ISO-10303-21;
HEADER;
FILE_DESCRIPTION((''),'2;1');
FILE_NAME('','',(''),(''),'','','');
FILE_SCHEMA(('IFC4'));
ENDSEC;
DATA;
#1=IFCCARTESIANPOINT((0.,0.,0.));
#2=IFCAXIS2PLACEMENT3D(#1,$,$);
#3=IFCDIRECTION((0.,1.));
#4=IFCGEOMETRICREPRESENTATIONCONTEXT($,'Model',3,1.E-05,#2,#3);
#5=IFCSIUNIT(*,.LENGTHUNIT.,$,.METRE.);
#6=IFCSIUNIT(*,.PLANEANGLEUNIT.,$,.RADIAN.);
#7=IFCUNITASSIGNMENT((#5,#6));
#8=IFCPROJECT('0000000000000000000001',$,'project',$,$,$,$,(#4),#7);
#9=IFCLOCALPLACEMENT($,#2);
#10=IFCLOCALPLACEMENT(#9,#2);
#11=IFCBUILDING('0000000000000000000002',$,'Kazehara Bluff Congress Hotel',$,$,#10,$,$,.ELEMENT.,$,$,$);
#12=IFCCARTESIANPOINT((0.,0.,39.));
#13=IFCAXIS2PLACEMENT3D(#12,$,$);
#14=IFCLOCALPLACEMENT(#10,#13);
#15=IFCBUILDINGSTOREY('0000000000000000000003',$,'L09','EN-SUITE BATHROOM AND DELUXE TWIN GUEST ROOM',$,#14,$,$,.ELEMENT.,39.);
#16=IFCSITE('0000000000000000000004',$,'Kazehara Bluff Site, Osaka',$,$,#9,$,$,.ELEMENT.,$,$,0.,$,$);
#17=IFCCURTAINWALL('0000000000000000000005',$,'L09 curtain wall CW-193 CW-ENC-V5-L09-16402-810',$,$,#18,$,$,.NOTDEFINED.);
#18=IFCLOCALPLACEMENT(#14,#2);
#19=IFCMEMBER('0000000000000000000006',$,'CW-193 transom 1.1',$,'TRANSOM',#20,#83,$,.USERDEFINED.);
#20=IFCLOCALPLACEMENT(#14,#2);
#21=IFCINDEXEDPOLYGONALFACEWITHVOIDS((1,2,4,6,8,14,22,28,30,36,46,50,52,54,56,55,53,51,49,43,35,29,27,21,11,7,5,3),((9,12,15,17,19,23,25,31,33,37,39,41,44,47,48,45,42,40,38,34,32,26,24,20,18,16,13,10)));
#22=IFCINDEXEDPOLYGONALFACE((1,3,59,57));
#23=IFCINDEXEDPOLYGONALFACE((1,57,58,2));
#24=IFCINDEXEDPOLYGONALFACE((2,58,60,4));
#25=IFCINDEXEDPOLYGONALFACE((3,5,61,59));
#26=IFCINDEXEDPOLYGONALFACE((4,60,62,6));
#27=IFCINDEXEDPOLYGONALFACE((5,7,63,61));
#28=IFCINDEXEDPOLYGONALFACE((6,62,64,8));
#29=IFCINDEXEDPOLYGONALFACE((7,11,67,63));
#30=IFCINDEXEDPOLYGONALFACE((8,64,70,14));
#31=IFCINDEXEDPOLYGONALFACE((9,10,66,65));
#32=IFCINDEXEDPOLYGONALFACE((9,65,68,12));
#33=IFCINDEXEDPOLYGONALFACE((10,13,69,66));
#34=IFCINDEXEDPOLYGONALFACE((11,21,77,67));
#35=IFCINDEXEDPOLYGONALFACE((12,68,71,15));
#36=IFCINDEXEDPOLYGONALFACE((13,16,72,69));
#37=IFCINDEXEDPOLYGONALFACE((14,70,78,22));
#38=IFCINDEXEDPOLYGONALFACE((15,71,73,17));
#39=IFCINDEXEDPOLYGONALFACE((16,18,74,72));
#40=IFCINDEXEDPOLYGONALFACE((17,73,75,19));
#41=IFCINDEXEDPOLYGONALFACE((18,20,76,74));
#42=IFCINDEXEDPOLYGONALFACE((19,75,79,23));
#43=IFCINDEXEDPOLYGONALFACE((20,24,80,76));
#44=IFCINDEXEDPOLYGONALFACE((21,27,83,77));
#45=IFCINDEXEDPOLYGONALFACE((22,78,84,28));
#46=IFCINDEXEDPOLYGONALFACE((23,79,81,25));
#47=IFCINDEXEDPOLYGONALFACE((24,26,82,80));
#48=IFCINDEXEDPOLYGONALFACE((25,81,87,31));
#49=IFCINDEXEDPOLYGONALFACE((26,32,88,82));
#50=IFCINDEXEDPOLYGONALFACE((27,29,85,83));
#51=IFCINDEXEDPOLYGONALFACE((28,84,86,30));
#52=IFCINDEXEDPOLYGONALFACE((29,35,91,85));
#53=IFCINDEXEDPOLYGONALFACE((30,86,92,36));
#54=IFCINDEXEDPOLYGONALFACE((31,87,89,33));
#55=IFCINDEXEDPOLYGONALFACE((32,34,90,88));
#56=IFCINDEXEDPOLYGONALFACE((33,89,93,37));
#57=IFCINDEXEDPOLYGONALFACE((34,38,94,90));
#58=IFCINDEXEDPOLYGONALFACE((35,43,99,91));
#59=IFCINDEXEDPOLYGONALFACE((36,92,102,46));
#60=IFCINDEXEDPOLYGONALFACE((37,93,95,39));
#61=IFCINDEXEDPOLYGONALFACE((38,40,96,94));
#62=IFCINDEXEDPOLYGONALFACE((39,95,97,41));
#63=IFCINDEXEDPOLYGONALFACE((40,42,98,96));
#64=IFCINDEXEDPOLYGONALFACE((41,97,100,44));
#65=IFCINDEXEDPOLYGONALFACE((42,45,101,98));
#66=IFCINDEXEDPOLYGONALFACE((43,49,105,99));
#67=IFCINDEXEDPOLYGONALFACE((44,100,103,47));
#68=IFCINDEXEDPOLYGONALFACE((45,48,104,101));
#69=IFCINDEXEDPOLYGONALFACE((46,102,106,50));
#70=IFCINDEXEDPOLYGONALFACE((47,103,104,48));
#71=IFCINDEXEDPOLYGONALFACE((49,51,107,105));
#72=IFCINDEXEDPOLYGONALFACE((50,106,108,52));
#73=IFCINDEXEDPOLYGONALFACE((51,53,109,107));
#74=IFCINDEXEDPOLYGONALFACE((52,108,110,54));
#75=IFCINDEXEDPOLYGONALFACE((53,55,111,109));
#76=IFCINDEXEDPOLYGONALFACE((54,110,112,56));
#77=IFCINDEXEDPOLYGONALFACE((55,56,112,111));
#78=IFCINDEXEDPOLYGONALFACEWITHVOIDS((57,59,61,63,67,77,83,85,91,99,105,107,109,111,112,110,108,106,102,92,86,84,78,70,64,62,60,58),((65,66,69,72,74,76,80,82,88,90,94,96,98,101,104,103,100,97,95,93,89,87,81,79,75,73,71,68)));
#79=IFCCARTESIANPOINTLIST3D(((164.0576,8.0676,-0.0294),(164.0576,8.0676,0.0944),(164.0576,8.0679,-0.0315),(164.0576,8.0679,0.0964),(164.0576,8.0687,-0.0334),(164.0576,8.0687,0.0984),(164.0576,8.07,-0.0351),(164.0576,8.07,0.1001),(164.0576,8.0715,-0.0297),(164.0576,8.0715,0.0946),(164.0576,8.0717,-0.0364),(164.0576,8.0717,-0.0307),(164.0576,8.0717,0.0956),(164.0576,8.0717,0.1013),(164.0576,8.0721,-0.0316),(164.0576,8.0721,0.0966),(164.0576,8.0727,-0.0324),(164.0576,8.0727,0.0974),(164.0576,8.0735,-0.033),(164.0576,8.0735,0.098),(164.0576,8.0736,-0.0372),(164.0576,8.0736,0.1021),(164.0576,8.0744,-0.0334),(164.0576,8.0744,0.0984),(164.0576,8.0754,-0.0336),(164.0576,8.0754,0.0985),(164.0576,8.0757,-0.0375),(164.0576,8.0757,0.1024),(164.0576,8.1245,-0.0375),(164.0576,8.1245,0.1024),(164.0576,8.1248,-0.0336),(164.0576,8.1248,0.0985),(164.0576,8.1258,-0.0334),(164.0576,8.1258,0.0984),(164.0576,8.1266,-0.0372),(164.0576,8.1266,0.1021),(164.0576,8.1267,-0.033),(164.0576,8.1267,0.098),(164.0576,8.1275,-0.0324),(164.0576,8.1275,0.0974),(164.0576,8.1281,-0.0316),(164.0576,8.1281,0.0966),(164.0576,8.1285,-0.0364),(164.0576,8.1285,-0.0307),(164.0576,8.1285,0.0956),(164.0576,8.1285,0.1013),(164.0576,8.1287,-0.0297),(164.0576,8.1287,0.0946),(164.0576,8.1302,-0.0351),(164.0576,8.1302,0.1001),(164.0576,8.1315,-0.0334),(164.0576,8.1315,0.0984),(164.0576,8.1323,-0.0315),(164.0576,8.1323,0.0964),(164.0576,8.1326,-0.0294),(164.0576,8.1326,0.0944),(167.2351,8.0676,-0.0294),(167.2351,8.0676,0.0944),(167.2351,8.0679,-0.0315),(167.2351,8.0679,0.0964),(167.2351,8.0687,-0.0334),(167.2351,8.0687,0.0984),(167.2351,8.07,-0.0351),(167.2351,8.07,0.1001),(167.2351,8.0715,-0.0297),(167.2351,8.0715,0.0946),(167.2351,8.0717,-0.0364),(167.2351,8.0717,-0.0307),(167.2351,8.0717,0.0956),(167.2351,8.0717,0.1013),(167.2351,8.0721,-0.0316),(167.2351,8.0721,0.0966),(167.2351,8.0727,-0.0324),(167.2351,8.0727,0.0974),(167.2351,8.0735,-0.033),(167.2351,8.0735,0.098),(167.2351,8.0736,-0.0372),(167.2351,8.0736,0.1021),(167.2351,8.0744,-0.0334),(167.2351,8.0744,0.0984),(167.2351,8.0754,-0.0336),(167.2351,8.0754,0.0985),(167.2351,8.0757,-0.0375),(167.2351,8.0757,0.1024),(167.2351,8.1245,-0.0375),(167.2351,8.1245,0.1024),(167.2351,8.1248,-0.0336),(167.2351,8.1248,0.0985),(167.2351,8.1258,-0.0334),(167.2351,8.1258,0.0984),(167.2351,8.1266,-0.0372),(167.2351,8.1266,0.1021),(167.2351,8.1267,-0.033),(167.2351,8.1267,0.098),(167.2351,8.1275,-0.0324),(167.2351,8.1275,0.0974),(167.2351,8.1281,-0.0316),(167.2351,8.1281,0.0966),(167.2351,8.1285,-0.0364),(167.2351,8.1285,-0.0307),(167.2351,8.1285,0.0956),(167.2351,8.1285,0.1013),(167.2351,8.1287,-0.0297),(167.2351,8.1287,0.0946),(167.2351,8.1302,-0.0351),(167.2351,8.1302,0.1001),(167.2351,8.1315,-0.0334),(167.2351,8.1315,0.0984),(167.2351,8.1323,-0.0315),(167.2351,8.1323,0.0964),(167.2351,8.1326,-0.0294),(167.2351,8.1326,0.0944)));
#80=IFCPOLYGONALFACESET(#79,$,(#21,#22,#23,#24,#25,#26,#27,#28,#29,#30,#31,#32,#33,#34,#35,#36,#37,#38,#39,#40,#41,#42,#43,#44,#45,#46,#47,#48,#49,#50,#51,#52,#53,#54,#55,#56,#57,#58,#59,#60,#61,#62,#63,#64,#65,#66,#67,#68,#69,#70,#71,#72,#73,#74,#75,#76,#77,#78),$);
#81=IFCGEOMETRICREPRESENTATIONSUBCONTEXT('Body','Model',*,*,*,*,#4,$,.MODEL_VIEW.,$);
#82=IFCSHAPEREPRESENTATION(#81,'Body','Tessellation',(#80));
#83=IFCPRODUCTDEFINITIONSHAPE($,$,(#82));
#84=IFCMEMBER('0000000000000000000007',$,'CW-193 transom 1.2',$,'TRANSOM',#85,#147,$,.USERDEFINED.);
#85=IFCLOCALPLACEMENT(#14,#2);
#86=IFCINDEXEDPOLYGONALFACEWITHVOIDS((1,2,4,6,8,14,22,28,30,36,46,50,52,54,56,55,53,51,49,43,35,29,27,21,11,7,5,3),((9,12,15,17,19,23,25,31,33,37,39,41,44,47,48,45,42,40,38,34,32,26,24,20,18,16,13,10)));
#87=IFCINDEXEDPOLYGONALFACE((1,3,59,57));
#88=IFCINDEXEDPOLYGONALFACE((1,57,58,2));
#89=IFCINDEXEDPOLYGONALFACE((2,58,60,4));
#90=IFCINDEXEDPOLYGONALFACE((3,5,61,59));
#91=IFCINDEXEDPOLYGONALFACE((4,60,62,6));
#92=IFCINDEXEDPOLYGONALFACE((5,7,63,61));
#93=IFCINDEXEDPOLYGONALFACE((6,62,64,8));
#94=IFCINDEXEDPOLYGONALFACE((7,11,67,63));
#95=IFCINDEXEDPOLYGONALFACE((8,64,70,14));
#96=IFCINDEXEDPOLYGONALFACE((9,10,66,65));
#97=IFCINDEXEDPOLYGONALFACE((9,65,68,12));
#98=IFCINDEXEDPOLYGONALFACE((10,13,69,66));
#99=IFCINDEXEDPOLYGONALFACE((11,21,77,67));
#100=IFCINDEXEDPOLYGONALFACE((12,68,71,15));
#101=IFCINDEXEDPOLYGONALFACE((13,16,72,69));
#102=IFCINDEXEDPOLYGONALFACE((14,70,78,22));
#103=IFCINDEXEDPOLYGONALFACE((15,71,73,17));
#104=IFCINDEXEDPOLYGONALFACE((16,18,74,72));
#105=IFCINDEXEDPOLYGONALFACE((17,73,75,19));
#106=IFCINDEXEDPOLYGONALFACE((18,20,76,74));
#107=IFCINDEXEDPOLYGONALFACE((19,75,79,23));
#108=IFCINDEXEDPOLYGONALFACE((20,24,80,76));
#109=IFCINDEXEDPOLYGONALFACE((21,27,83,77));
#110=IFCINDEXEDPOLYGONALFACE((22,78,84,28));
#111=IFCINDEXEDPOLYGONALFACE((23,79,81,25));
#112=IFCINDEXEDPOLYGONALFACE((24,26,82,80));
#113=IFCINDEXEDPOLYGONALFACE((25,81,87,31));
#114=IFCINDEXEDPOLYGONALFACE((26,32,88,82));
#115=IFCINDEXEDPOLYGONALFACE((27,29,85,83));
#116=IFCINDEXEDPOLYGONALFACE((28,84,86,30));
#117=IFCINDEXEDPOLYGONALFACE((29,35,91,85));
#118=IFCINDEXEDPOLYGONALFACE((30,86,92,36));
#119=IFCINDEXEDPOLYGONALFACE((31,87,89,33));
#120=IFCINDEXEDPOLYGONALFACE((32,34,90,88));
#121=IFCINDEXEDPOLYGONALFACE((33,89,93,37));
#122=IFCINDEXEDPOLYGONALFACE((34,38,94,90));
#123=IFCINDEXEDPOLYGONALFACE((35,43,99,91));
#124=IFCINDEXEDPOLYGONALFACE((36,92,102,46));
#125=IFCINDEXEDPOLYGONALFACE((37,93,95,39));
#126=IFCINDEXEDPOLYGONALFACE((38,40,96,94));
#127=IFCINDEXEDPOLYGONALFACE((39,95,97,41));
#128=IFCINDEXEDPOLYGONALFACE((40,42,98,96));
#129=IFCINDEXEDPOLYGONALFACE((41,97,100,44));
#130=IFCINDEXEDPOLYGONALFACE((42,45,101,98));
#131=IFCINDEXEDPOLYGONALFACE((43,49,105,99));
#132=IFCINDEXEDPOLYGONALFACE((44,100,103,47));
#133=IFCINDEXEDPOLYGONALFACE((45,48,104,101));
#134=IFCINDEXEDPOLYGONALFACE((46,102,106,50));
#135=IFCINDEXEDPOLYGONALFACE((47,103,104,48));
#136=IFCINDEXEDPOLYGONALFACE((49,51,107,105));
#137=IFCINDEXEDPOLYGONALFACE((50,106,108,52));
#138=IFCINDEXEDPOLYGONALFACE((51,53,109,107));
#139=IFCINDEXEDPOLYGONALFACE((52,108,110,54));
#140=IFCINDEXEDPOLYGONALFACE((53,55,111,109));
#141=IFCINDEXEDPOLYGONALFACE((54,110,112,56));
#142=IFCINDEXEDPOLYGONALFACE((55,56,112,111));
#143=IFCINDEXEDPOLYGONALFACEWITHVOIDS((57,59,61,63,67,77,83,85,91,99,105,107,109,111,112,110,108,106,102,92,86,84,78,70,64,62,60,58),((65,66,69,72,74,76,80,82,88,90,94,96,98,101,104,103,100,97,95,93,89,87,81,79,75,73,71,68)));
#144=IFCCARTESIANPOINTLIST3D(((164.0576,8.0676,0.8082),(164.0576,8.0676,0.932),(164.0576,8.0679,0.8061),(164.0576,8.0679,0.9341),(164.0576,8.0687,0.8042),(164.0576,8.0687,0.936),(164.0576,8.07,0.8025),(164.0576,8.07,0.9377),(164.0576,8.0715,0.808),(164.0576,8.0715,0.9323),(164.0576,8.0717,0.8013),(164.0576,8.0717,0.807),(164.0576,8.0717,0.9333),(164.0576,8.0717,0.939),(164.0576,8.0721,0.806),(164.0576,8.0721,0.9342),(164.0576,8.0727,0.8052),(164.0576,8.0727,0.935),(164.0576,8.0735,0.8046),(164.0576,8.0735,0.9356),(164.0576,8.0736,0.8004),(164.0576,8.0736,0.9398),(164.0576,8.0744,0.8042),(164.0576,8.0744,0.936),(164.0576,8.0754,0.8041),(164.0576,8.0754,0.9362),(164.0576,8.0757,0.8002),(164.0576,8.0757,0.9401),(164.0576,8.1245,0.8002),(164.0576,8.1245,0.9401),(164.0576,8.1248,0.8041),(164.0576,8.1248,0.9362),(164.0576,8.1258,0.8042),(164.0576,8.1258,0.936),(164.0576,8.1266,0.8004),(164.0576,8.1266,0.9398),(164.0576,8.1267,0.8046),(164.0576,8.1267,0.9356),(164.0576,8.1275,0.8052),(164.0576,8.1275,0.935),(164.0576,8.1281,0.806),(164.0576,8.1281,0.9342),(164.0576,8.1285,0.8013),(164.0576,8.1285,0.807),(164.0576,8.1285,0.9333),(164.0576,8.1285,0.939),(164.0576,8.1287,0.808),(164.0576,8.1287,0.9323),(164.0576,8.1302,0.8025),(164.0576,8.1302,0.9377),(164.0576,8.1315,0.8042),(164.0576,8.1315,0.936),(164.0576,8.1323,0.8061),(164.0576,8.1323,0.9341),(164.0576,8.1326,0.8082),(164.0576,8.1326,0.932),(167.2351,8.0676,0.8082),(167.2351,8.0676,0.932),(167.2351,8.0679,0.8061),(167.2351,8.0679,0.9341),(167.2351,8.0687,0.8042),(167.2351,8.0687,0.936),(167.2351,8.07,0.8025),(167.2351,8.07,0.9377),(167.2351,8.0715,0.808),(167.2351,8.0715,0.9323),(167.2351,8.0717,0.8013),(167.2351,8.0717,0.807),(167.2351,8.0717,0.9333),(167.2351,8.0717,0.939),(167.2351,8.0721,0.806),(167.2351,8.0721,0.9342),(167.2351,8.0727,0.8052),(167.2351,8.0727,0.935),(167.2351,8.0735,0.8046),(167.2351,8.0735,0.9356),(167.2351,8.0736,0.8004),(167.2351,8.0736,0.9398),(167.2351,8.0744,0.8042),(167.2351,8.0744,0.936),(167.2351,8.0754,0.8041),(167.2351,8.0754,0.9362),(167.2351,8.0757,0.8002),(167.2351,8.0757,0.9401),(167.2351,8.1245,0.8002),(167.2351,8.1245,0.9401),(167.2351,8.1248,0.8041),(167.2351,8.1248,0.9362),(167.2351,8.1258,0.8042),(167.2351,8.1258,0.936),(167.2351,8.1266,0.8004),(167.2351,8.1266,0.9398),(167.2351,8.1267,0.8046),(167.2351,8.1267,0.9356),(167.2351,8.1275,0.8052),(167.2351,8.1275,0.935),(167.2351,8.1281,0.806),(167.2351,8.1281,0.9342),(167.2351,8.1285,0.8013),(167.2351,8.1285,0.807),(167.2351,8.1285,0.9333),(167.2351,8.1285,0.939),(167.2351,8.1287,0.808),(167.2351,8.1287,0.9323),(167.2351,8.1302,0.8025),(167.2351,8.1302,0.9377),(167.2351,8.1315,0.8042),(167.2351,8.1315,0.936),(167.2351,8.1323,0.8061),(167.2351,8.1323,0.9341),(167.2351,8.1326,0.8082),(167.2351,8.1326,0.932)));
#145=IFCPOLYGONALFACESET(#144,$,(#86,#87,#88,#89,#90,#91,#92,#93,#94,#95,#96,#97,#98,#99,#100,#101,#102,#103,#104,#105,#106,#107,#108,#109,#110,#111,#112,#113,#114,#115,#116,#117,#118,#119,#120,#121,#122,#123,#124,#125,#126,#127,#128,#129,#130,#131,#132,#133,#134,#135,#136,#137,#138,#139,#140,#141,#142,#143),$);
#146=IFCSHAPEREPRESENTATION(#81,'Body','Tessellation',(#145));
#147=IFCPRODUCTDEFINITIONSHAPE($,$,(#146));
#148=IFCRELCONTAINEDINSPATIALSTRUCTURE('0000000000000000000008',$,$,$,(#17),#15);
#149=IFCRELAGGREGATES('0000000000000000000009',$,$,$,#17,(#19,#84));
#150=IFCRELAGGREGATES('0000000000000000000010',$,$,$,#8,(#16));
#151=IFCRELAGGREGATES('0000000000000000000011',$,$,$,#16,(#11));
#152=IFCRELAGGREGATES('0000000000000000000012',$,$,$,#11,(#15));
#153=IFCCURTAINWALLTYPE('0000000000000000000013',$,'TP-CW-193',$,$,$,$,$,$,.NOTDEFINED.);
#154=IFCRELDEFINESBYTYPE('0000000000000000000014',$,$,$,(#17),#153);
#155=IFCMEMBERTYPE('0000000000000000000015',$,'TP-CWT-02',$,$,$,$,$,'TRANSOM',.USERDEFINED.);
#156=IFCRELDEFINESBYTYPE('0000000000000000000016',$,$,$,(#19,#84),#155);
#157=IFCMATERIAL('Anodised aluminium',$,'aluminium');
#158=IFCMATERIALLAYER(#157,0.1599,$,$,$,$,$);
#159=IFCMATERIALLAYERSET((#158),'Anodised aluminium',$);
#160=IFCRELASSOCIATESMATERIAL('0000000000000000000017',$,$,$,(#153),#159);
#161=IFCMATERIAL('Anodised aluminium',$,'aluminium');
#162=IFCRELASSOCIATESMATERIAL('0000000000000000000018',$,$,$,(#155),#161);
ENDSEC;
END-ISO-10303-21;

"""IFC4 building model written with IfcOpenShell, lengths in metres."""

from ifc_helpers import new_model, si_unit, direction, frame, origin, origin_2d, place, context, subcontext, project, spatial, hollow_rectangle, extrude, material, layer, layer_set, material_profile, profile_set, type_object, element, aggregate, save


model = new_model("IFC4")

# Units and contexts
model_context = context("Model", 3, precision=1e-05, world=origin(), true_north=direction((0.0, 1.0)))
body_context = subcontext(model_context, "Body", "Model", "MODEL_VIEW")
ifc_project = project(units=[si_unit("LENGTHUNIT", "METRE"), si_unit("PLANEANGLEUNIT", "RADIAN")], contexts=[model_context])

# Site, building, storey
site_placement = place(None, origin())
site = spatial("IfcSite", under=ifc_project, at=site_placement, Name="Kazehara Bluff Site, Osaka", CompositionType="ELEMENT", RefElevation=0.0)
building_placement = place(site_placement, origin())
building = spatial("IfcBuilding", under=site, at=building_placement, Name="Kazehara Bluff Congress Hotel", CompositionType="ELEMENT")
storey_placement = place(building_placement, frame((0.0, 0.0, 39.0)))
storey = spatial("IfcBuildingStorey", under=building, at=storey_placement, Name="L09", Description="EN-SUITE BATHROOM AND DELUXE TWIN GUEST ROOM", CompositionType="ELEMENT", Elevation=39.0)

# Curtain wall, members
ifc_material_1 = material(Name="Anodised aluminium", Category="aluminium")
ifc_layer_1 = layer(ifc_material_1, 0.1599)
ifc_layer_set_1 = layer_set([ifc_layer_1], Name="Anodised aluminium")
curtain_wall_type = type_object("IfcCurtainWallType", Name="TP-CW-193", PredefinedType="NOTDEFINED", material=ifc_layer_set_1)
curtain_wall_placement = place(storey_placement, origin())
curtain_wall = element("IfcCurtainWall", 1, at=curtain_wall_placement, inside=storey, type_object=curtain_wall_type, Name="L09 curtain wall CW-193 CW-ENC-V5-L09-16402-810", PredefinedType="NOTDEFINED")
ifc_material_2 = material(Name="Anodised aluminium", Category="aluminium")
ifc_material_profile_1 = material_profile(ifc_material_2, hollow_rectangle(XDim=0.0649, YDim=0.1399, WallThickness=0.0039, InnerFilletRadius=0.0039, OuterFilletRadius=0.0081, at=origin_2d()))
ifc_profile_set_1 = profile_set([ifc_material_profile_1], Name="Anodised aluminium")
member_type_1 = type_object("IfcMemberType", Name="TP-CWT-02", ElementType="TRANSOM", PredefinedType="USERDEFINED", material=ifc_profile_set_1)
member_1_placement = place(storey_placement, frame((167.2351, 8.1001, 0.0325), z_axis=(-1.0, 0.0, 0.0), x_axis=(0.0, -1.0, 0.0)))
member_1 = element("IfcMember", 2, at=member_1_placement, type_object=member_type_1, Name="CW-193 transom 1.1", ObjectType="TRANSOM", PredefinedType="USERDEFINED", context=body_context, shape_type="SweptSolid", body=[
    extrude(hollow_rectangle(XDim=0.0649, YDim=0.1399, WallThickness=0.0039, InnerFilletRadius=0.0039, OuterFilletRadius=0.0081, at=origin_2d()), origin(), (0.0, 0.0, 1.0), 3.1775),
])
member_2_placement = place(storey_placement, frame((167.2351, 8.1001, 0.8701), z_axis=(-1.0, 0.0, 0.0), x_axis=(0.0, -1.0, 0.0)))
member_2 = element("IfcMember", 3, at=member_2_placement, type_object=member_type_1, Name="CW-193 transom 1.2", ObjectType="TRANSOM", PredefinedType="USERDEFINED", context=body_context, shape_type="SweptSolid", body=[
    extrude(hollow_rectangle(XDim=0.0649, YDim=0.1399, WallThickness=0.0039, InnerFilletRadius=0.0039, OuterFilletRadius=0.0081, at=origin_2d()), origin(), (0.0, 0.0, 1.0), 3.1775),
])

aggregate(curtain_wall, [member_1, member_2])

save(model, "model.ifc")
